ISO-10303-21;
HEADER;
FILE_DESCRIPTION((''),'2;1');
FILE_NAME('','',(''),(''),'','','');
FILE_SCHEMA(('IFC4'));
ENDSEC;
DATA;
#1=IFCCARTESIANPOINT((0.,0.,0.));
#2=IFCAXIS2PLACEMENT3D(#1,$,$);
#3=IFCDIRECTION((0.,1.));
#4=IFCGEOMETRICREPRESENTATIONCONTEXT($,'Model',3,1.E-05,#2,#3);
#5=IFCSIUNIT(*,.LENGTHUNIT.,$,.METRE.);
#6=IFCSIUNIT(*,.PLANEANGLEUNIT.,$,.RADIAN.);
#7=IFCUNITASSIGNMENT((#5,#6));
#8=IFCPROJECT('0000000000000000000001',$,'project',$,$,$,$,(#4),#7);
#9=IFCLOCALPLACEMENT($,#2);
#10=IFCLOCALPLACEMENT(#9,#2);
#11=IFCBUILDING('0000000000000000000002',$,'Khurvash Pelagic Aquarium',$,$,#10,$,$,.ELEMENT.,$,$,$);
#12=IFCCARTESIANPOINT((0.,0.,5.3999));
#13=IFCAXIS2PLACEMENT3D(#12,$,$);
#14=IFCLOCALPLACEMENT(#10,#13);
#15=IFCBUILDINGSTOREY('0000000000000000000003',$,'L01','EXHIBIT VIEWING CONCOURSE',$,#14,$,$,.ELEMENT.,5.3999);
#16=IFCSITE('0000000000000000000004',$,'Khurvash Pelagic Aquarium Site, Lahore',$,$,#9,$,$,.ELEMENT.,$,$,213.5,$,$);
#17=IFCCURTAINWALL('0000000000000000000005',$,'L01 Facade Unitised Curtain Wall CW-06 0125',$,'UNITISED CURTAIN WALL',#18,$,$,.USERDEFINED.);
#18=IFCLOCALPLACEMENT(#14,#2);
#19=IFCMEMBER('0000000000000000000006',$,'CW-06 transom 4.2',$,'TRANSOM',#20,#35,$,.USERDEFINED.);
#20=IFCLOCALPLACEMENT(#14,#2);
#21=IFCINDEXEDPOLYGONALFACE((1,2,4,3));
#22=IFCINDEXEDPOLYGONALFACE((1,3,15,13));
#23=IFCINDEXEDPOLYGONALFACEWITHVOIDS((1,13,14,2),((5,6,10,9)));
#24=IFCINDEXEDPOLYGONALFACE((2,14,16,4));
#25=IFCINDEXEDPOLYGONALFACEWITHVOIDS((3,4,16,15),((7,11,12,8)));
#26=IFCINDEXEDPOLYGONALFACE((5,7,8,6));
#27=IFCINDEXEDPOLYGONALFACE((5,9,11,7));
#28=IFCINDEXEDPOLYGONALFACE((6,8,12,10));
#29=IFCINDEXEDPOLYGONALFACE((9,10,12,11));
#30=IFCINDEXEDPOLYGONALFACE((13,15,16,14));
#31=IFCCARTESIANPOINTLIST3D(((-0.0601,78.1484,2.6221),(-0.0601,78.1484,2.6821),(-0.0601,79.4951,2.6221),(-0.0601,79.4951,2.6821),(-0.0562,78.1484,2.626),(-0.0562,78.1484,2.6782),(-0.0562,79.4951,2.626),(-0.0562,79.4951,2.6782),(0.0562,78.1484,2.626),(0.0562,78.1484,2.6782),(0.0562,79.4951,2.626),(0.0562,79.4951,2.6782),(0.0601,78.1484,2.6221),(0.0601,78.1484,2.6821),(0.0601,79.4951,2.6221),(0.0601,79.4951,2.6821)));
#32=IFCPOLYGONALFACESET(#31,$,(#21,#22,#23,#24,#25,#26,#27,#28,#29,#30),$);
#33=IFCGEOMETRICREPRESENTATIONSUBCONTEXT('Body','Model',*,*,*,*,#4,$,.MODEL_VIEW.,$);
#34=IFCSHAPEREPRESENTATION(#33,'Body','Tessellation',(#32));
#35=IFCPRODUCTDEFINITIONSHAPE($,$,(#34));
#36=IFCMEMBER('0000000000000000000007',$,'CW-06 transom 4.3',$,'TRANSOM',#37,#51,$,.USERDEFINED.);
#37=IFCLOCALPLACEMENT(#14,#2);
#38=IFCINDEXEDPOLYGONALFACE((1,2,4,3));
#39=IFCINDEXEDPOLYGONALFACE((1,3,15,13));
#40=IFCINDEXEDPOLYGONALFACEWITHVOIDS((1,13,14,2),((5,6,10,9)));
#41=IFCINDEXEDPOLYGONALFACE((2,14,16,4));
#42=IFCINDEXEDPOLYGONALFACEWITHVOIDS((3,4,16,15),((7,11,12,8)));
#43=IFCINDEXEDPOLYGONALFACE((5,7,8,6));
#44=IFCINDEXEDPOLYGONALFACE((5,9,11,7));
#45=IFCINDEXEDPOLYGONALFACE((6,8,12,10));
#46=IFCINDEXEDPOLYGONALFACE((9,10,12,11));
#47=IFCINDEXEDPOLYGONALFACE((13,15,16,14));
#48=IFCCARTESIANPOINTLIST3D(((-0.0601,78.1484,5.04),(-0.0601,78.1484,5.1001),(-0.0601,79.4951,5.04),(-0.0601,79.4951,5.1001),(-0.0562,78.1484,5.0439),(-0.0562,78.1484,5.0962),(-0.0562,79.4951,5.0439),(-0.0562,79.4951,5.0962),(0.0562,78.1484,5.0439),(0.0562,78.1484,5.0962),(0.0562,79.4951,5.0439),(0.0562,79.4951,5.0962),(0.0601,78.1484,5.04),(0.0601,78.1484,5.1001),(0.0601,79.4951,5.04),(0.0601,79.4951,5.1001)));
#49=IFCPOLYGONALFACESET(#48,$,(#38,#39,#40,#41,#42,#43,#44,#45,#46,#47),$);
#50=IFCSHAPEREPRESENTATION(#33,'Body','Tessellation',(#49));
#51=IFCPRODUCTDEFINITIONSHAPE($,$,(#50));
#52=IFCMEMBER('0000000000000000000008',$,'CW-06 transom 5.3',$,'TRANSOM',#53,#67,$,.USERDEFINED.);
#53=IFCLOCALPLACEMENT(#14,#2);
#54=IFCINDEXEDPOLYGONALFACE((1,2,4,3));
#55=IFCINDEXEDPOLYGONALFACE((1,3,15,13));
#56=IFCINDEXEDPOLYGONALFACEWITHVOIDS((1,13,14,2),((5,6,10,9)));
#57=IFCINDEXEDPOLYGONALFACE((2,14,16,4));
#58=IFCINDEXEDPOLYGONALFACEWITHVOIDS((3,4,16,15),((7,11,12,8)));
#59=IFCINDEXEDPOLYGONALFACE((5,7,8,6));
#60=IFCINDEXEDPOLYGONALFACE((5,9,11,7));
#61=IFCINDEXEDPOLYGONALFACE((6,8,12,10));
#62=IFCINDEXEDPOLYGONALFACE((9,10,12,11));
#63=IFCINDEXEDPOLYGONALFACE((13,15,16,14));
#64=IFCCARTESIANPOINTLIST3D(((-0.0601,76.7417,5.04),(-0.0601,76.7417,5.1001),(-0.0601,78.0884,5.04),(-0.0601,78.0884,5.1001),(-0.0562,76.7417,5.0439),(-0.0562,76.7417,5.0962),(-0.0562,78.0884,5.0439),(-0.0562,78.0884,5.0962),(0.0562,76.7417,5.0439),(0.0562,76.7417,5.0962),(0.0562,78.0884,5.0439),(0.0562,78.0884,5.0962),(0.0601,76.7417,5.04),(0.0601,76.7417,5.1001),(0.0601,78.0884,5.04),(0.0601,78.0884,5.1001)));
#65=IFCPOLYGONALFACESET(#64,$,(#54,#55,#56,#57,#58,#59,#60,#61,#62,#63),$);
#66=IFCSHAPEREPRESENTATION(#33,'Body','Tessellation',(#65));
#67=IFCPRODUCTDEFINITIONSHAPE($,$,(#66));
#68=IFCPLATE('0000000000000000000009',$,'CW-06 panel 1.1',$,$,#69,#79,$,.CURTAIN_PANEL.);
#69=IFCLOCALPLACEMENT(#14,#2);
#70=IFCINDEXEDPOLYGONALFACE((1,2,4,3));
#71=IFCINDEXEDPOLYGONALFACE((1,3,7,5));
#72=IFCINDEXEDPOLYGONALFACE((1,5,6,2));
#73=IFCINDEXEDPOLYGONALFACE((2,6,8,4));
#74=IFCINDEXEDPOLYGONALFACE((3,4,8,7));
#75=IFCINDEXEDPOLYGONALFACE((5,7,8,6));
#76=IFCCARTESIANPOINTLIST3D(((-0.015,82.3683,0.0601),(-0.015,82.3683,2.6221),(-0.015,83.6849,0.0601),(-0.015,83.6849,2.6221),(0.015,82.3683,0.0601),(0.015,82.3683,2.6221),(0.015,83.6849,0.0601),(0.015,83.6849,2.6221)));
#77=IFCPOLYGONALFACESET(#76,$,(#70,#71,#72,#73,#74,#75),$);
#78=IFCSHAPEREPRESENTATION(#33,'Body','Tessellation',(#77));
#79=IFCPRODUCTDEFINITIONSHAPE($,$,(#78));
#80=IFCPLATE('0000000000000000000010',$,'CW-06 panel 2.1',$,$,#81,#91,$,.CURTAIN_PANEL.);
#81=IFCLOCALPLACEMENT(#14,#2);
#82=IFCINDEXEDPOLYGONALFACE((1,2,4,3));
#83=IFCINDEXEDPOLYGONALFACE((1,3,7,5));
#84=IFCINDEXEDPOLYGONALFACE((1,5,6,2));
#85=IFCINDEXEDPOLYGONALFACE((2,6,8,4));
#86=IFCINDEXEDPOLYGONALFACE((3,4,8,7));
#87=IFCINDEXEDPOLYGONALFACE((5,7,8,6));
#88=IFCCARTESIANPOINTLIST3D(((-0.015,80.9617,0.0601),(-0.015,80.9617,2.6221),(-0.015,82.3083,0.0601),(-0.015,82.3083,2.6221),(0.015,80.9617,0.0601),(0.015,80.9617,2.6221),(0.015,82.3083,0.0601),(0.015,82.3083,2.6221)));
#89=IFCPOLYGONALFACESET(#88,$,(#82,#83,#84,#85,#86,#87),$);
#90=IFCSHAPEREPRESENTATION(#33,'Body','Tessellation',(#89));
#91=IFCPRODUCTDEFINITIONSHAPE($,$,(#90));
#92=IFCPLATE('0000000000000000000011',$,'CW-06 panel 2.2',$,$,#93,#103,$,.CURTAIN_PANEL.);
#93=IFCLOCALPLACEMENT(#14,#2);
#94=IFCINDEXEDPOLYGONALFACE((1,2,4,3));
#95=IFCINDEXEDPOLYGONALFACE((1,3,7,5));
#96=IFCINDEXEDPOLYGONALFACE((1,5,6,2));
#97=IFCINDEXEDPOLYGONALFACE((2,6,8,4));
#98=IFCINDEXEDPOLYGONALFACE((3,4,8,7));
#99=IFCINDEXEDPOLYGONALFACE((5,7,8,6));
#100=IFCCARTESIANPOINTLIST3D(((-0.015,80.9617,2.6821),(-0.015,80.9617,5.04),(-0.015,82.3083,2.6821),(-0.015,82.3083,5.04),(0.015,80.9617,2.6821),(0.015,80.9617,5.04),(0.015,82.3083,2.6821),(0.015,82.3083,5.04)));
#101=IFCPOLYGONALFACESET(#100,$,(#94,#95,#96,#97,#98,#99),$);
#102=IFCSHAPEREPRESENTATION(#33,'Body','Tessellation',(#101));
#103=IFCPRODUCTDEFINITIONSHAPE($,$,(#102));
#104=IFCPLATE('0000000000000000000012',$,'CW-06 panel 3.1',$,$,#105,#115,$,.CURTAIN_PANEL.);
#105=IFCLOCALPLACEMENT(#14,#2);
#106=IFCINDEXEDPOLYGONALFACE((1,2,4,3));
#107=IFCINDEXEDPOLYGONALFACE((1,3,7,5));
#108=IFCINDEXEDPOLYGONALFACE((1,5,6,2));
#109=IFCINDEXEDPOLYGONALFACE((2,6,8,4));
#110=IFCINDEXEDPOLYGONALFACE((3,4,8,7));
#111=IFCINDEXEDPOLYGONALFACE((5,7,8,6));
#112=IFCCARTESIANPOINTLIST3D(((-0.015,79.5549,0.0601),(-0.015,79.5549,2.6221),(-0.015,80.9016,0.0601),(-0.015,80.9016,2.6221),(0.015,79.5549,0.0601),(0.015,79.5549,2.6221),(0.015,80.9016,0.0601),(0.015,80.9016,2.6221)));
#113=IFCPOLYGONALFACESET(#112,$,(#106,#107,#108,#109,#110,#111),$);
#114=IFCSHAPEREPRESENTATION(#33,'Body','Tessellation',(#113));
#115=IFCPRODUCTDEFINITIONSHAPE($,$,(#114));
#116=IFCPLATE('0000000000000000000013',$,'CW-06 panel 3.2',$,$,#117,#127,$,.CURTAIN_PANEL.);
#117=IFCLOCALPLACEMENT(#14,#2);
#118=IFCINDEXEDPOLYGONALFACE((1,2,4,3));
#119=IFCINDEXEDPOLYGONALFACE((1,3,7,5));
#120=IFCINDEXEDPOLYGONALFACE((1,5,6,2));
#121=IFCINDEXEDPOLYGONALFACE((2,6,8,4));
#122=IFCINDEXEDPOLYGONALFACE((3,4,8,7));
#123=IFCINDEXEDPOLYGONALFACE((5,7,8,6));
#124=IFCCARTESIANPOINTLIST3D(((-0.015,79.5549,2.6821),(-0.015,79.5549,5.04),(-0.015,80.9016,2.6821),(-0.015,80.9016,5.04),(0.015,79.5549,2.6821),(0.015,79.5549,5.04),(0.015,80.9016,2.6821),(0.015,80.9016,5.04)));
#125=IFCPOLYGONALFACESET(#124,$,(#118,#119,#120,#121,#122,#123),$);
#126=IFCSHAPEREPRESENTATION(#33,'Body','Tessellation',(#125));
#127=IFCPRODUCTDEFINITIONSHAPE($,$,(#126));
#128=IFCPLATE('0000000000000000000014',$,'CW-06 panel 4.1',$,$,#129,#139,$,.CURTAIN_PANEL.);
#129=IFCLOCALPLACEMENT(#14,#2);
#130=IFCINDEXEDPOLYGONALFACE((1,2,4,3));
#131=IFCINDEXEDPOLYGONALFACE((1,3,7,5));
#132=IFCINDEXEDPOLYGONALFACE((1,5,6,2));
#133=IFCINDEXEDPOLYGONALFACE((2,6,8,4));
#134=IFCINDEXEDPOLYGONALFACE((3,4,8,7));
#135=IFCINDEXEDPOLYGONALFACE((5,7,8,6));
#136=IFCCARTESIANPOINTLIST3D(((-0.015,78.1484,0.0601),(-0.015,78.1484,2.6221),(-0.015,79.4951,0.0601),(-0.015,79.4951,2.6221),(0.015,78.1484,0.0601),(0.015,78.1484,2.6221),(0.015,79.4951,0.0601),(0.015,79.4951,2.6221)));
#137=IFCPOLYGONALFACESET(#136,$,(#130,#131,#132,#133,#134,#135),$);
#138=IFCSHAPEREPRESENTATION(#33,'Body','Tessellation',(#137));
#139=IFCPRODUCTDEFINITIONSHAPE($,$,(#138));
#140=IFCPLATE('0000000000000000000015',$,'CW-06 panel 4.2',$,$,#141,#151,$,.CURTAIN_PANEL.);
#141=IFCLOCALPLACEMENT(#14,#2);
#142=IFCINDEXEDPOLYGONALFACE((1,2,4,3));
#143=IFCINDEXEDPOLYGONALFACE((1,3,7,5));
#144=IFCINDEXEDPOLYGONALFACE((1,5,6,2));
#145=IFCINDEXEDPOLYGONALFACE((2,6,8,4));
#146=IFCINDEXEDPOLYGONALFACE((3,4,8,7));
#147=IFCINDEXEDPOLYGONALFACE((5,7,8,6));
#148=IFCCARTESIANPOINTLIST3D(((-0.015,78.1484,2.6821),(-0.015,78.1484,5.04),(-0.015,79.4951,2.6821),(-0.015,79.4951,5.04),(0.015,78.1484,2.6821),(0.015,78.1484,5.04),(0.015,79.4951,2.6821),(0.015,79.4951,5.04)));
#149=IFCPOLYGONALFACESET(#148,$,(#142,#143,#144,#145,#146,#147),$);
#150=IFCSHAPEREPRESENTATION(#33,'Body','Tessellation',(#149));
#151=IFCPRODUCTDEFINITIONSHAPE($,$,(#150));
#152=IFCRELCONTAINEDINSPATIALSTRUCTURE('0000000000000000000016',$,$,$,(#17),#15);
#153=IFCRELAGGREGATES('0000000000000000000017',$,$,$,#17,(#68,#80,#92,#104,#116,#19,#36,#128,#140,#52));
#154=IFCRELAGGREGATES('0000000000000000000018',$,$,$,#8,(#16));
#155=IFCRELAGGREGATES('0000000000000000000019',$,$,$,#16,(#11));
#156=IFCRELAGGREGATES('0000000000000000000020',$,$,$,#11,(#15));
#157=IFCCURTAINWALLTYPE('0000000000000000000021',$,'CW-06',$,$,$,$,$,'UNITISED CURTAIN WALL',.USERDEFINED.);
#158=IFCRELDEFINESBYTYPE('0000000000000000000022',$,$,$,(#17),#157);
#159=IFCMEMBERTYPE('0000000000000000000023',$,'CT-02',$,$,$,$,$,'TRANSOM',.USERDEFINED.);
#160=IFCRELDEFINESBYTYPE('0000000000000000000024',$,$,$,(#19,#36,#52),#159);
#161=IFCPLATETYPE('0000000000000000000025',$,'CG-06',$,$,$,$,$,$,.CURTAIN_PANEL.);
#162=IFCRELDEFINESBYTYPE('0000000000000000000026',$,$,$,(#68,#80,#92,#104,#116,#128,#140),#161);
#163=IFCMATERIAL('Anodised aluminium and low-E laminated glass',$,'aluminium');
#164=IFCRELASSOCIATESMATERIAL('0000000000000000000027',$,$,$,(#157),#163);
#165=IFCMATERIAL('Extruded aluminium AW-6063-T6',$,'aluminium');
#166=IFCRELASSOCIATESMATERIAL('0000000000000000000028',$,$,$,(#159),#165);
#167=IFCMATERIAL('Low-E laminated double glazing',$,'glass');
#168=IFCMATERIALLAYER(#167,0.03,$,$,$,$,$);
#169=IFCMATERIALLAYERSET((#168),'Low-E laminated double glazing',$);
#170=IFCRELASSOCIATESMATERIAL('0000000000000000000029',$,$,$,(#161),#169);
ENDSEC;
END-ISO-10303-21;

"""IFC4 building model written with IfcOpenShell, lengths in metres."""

from ifc_helpers import new_model, si_unit, direction, frame, origin, origin_2d, place, context, subcontext, project, spatial, rectangle, hollow_rectangle, extrude, material, layer, layer_set, material_profile, profile_set, type_object, element, aggregate, save


model = new_model("IFC4")

# Units and contexts
model_context = context("Model", 3, precision=1e-05, world=origin(), true_north=direction((0.0, 1.0)))
body_context = subcontext(model_context, "Body", "Model", "MODEL_VIEW")
ifc_project = project(units=[si_unit("LENGTHUNIT", "METRE"), si_unit("PLANEANGLEUNIT", "RADIAN")], contexts=[model_context])

# Site, building, storey
site_placement = place(None, origin())
site = spatial("IfcSite", under=ifc_project, at=site_placement, Name="Khurvash Pelagic Aquarium Site, Lahore", CompositionType="ELEMENT", RefElevation=213.5)
building_placement = place(site_placement, origin())
building = spatial("IfcBuilding", under=site, at=building_placement, Name="Khurvash Pelagic Aquarium", CompositionType="ELEMENT")
storey_placement = place(building_placement, frame((0.0, 0.0, 5.3999)))
storey = spatial("IfcBuildingStorey", under=building, at=storey_placement, Name="L01", Description="EXHIBIT VIEWING CONCOURSE", CompositionType="ELEMENT", Elevation=5.3999)

# Curtain wall, members, plates
ifc_material_1 = material(Name="Anodised aluminium and low-E laminated glass", Category="aluminium")
curtain_wall_type = type_object("IfcCurtainWallType", Name="CW-06", ElementType="UNITISED CURTAIN WALL", PredefinedType="USERDEFINED", material=ifc_material_1)
curtain_wall_placement = place(storey_placement, origin())
curtain_wall = element("IfcCurtainWall", 1, at=curtain_wall_placement, inside=storey, type_object=curtain_wall_type, Name="L01 Facade Unitised Curtain Wall CW-06 0125", ObjectType="UNITISED CURTAIN WALL", PredefinedType="USERDEFINED")
ifc_material_2 = material(Name="Extruded aluminium AW-6063-T6", Category="aluminium")
ifc_material_profile_1 = material_profile(ifc_material_2, hollow_rectangle(XDim=0.1201, YDim=0.0601, WallThickness=0.0039, at=origin_2d()), Name="CWT120X60X4")
ifc_profile_set_1 = profile_set([ifc_material_profile_1], Name="Extruded aluminium AW-6063-T6")
member_type_1 = type_object("IfcMemberType", Name="CT-02", ElementType="TRANSOM", PredefinedType="USERDEFINED", material=ifc_profile_set_1)
member_1_placement = place(storey_placement, frame((0.0, 79.4951, 2.6521), z_axis=(0.0, -1.0, 0.0), x_axis=(1.0, 0.0, 0.0)))
member_1 = element("IfcMember", 2, at=member_1_placement, type_object=member_type_1, Name="CW-06 transom 4.2", ObjectType="TRANSOM", PredefinedType="USERDEFINED", context=body_context, shape_type="SweptSolid", body=[
    extrude(hollow_rectangle(XDim=0.1201, YDim=0.0601, WallThickness=0.0039, at=origin_2d()), origin(), (0.0, 0.0, 1.0), 1.3467),
])
member_2_placement = place(storey_placement, frame((0.0, 79.4951, 5.0701), z_axis=(0.0, -1.0, 0.0), x_axis=(1.0, 0.0, 0.0)))
member_2 = element("IfcMember", 3, at=member_2_placement, type_object=member_type_1, Name="CW-06 transom 4.3", ObjectType="TRANSOM", PredefinedType="USERDEFINED", context=body_context, shape_type="SweptSolid", body=[
    extrude(hollow_rectangle(XDim=0.1201, YDim=0.0601, WallThickness=0.0039, at=origin_2d()), origin(), (0.0, 0.0, 1.0), 1.3467),
])
member_3_placement = place(storey_placement, frame((0.0, 78.0884, 5.0701), z_axis=(0.0, -1.0, 0.0), x_axis=(1.0, 0.0, 0.0)))
member_3 = element("IfcMember", 4, at=member_3_placement, type_object=member_type_1, Name="CW-06 transom 5.3", ObjectType="TRANSOM", PredefinedType="USERDEFINED", context=body_context, shape_type="SweptSolid", body=[
    extrude(hollow_rectangle(XDim=0.1201, YDim=0.0601, WallThickness=0.0039, at=origin_2d()), origin(), (0.0, 0.0, 1.0), 1.3467),
])
ifc_material_3 = material(Name="Low-E laminated double glazing", Category="glass")
ifc_layer = layer(ifc_material_3, 0.03)
ifc_layer_set = layer_set([ifc_layer], Name="Low-E laminated double glazing")
plate_type = type_object("IfcPlateType", Name="CG-06", PredefinedType="CURTAIN_PANEL", material=ifc_layer_set)
plate_1_placement = place(storey_placement, frame((0.0, 83.0266, 0.0601), z_axis=(0.0, 0.0, 1.0), x_axis=(0.0, -1.0, 0.0)))
plate_1 = element("IfcPlate", 5, at=plate_1_placement, type_object=plate_type, Name="CW-06 panel 1.1", PredefinedType="CURTAIN_PANEL", context=body_context, shape_type="SweptSolid", body=[
    extrude(rectangle(XDim=1.3167, YDim=0.03, at=origin_2d()), origin(), (0.0, 0.0, 1.0), 2.562),
])
plate_2_placement = place(storey_placement, frame((0.0, 81.635, 0.0601), z_axis=(0.0, 0.0, 1.0), x_axis=(0.0, -1.0, 0.0)))
plate_2 = element("IfcPlate", 6, at=plate_2_placement, type_object=plate_type, Name="CW-06 panel 2.1", PredefinedType="CURTAIN_PANEL", context=body_context, shape_type="SweptSolid", body=[
    extrude(rectangle(XDim=1.3467, YDim=0.03, at=origin_2d()), origin(), (0.0, 0.0, 1.0), 2.562),
])
plate_3_placement = place(storey_placement, frame((0.0, 81.635, 2.6821), z_axis=(0.0, 0.0, 1.0), x_axis=(0.0, -1.0, 0.0)))
plate_3 = element("IfcPlate", 7, at=plate_3_placement, type_object=plate_type, Name="CW-06 panel 2.2", PredefinedType="CURTAIN_PANEL", context=body_context, shape_type="SweptSolid", body=[
    extrude(rectangle(XDim=1.3467, YDim=0.03, at=origin_2d()), origin(), (0.0, 0.0, 1.0), 2.3579),
])
plate_4_placement = place(storey_placement, frame((0.0, 80.2283, 0.0601), z_axis=(0.0, 0.0, 1.0), x_axis=(0.0, -1.0, 0.0)))
plate_4 = element("IfcPlate", 8, at=plate_4_placement, type_object=plate_type, Name="CW-06 panel 3.1", PredefinedType="CURTAIN_PANEL", context=body_context, shape_type="SweptSolid", body=[
    extrude(rectangle(XDim=1.3467, YDim=0.03, at=origin_2d()), origin(), (0.0, 0.0, 1.0), 2.562),
])
plate_5_placement = place(storey_placement, frame((0.0, 80.2283, 2.6821), z_axis=(0.0, 0.0, 1.0), x_axis=(0.0, -1.0, 0.0)))
plate_5 = element("IfcPlate", 9, at=plate_5_placement, type_object=plate_type, Name="CW-06 panel 3.2", PredefinedType="CURTAIN_PANEL", context=body_context, shape_type="SweptSolid", body=[
    extrude(rectangle(XDim=1.3467, YDim=0.03, at=origin_2d()), origin(), (0.0, 0.0, 1.0), 2.3579),
])
plate_6_placement = place(storey_placement, frame((0.0, 78.8218, 0.0601), z_axis=(0.0, 0.0, 1.0), x_axis=(0.0, -1.0, 0.0)))
plate_6 = element("IfcPlate", 10, at=plate_6_placement, type_object=plate_type, Name="CW-06 panel 4.1", PredefinedType="CURTAIN_PANEL", context=body_context, shape_type="SweptSolid", body=[
    extrude(rectangle(XDim=1.3467, YDim=0.03, at=origin_2d()), origin(), (0.0, 0.0, 1.0), 2.562),
])
plate_7_placement = place(storey_placement, frame((0.0, 78.8218, 2.6821), z_axis=(0.0, 0.0, 1.0), x_axis=(0.0, -1.0, 0.0)))
plate_7 = element("IfcPlate", 11, at=plate_7_placement, type_object=plate_type, Name="CW-06 panel 4.2", PredefinedType="CURTAIN_PANEL", context=body_context, shape_type="SweptSolid", body=[
    extrude(rectangle(XDim=1.3467, YDim=0.03, at=origin_2d()), origin(), (0.0, 0.0, 1.0), 2.3579),
])
aggregate(curtain_wall, [plate_1, plate_2, plate_3, plate_4, plate_5, member_1, member_2, plate_6, plate_7, member_3])

save(model, "model.ifc")
